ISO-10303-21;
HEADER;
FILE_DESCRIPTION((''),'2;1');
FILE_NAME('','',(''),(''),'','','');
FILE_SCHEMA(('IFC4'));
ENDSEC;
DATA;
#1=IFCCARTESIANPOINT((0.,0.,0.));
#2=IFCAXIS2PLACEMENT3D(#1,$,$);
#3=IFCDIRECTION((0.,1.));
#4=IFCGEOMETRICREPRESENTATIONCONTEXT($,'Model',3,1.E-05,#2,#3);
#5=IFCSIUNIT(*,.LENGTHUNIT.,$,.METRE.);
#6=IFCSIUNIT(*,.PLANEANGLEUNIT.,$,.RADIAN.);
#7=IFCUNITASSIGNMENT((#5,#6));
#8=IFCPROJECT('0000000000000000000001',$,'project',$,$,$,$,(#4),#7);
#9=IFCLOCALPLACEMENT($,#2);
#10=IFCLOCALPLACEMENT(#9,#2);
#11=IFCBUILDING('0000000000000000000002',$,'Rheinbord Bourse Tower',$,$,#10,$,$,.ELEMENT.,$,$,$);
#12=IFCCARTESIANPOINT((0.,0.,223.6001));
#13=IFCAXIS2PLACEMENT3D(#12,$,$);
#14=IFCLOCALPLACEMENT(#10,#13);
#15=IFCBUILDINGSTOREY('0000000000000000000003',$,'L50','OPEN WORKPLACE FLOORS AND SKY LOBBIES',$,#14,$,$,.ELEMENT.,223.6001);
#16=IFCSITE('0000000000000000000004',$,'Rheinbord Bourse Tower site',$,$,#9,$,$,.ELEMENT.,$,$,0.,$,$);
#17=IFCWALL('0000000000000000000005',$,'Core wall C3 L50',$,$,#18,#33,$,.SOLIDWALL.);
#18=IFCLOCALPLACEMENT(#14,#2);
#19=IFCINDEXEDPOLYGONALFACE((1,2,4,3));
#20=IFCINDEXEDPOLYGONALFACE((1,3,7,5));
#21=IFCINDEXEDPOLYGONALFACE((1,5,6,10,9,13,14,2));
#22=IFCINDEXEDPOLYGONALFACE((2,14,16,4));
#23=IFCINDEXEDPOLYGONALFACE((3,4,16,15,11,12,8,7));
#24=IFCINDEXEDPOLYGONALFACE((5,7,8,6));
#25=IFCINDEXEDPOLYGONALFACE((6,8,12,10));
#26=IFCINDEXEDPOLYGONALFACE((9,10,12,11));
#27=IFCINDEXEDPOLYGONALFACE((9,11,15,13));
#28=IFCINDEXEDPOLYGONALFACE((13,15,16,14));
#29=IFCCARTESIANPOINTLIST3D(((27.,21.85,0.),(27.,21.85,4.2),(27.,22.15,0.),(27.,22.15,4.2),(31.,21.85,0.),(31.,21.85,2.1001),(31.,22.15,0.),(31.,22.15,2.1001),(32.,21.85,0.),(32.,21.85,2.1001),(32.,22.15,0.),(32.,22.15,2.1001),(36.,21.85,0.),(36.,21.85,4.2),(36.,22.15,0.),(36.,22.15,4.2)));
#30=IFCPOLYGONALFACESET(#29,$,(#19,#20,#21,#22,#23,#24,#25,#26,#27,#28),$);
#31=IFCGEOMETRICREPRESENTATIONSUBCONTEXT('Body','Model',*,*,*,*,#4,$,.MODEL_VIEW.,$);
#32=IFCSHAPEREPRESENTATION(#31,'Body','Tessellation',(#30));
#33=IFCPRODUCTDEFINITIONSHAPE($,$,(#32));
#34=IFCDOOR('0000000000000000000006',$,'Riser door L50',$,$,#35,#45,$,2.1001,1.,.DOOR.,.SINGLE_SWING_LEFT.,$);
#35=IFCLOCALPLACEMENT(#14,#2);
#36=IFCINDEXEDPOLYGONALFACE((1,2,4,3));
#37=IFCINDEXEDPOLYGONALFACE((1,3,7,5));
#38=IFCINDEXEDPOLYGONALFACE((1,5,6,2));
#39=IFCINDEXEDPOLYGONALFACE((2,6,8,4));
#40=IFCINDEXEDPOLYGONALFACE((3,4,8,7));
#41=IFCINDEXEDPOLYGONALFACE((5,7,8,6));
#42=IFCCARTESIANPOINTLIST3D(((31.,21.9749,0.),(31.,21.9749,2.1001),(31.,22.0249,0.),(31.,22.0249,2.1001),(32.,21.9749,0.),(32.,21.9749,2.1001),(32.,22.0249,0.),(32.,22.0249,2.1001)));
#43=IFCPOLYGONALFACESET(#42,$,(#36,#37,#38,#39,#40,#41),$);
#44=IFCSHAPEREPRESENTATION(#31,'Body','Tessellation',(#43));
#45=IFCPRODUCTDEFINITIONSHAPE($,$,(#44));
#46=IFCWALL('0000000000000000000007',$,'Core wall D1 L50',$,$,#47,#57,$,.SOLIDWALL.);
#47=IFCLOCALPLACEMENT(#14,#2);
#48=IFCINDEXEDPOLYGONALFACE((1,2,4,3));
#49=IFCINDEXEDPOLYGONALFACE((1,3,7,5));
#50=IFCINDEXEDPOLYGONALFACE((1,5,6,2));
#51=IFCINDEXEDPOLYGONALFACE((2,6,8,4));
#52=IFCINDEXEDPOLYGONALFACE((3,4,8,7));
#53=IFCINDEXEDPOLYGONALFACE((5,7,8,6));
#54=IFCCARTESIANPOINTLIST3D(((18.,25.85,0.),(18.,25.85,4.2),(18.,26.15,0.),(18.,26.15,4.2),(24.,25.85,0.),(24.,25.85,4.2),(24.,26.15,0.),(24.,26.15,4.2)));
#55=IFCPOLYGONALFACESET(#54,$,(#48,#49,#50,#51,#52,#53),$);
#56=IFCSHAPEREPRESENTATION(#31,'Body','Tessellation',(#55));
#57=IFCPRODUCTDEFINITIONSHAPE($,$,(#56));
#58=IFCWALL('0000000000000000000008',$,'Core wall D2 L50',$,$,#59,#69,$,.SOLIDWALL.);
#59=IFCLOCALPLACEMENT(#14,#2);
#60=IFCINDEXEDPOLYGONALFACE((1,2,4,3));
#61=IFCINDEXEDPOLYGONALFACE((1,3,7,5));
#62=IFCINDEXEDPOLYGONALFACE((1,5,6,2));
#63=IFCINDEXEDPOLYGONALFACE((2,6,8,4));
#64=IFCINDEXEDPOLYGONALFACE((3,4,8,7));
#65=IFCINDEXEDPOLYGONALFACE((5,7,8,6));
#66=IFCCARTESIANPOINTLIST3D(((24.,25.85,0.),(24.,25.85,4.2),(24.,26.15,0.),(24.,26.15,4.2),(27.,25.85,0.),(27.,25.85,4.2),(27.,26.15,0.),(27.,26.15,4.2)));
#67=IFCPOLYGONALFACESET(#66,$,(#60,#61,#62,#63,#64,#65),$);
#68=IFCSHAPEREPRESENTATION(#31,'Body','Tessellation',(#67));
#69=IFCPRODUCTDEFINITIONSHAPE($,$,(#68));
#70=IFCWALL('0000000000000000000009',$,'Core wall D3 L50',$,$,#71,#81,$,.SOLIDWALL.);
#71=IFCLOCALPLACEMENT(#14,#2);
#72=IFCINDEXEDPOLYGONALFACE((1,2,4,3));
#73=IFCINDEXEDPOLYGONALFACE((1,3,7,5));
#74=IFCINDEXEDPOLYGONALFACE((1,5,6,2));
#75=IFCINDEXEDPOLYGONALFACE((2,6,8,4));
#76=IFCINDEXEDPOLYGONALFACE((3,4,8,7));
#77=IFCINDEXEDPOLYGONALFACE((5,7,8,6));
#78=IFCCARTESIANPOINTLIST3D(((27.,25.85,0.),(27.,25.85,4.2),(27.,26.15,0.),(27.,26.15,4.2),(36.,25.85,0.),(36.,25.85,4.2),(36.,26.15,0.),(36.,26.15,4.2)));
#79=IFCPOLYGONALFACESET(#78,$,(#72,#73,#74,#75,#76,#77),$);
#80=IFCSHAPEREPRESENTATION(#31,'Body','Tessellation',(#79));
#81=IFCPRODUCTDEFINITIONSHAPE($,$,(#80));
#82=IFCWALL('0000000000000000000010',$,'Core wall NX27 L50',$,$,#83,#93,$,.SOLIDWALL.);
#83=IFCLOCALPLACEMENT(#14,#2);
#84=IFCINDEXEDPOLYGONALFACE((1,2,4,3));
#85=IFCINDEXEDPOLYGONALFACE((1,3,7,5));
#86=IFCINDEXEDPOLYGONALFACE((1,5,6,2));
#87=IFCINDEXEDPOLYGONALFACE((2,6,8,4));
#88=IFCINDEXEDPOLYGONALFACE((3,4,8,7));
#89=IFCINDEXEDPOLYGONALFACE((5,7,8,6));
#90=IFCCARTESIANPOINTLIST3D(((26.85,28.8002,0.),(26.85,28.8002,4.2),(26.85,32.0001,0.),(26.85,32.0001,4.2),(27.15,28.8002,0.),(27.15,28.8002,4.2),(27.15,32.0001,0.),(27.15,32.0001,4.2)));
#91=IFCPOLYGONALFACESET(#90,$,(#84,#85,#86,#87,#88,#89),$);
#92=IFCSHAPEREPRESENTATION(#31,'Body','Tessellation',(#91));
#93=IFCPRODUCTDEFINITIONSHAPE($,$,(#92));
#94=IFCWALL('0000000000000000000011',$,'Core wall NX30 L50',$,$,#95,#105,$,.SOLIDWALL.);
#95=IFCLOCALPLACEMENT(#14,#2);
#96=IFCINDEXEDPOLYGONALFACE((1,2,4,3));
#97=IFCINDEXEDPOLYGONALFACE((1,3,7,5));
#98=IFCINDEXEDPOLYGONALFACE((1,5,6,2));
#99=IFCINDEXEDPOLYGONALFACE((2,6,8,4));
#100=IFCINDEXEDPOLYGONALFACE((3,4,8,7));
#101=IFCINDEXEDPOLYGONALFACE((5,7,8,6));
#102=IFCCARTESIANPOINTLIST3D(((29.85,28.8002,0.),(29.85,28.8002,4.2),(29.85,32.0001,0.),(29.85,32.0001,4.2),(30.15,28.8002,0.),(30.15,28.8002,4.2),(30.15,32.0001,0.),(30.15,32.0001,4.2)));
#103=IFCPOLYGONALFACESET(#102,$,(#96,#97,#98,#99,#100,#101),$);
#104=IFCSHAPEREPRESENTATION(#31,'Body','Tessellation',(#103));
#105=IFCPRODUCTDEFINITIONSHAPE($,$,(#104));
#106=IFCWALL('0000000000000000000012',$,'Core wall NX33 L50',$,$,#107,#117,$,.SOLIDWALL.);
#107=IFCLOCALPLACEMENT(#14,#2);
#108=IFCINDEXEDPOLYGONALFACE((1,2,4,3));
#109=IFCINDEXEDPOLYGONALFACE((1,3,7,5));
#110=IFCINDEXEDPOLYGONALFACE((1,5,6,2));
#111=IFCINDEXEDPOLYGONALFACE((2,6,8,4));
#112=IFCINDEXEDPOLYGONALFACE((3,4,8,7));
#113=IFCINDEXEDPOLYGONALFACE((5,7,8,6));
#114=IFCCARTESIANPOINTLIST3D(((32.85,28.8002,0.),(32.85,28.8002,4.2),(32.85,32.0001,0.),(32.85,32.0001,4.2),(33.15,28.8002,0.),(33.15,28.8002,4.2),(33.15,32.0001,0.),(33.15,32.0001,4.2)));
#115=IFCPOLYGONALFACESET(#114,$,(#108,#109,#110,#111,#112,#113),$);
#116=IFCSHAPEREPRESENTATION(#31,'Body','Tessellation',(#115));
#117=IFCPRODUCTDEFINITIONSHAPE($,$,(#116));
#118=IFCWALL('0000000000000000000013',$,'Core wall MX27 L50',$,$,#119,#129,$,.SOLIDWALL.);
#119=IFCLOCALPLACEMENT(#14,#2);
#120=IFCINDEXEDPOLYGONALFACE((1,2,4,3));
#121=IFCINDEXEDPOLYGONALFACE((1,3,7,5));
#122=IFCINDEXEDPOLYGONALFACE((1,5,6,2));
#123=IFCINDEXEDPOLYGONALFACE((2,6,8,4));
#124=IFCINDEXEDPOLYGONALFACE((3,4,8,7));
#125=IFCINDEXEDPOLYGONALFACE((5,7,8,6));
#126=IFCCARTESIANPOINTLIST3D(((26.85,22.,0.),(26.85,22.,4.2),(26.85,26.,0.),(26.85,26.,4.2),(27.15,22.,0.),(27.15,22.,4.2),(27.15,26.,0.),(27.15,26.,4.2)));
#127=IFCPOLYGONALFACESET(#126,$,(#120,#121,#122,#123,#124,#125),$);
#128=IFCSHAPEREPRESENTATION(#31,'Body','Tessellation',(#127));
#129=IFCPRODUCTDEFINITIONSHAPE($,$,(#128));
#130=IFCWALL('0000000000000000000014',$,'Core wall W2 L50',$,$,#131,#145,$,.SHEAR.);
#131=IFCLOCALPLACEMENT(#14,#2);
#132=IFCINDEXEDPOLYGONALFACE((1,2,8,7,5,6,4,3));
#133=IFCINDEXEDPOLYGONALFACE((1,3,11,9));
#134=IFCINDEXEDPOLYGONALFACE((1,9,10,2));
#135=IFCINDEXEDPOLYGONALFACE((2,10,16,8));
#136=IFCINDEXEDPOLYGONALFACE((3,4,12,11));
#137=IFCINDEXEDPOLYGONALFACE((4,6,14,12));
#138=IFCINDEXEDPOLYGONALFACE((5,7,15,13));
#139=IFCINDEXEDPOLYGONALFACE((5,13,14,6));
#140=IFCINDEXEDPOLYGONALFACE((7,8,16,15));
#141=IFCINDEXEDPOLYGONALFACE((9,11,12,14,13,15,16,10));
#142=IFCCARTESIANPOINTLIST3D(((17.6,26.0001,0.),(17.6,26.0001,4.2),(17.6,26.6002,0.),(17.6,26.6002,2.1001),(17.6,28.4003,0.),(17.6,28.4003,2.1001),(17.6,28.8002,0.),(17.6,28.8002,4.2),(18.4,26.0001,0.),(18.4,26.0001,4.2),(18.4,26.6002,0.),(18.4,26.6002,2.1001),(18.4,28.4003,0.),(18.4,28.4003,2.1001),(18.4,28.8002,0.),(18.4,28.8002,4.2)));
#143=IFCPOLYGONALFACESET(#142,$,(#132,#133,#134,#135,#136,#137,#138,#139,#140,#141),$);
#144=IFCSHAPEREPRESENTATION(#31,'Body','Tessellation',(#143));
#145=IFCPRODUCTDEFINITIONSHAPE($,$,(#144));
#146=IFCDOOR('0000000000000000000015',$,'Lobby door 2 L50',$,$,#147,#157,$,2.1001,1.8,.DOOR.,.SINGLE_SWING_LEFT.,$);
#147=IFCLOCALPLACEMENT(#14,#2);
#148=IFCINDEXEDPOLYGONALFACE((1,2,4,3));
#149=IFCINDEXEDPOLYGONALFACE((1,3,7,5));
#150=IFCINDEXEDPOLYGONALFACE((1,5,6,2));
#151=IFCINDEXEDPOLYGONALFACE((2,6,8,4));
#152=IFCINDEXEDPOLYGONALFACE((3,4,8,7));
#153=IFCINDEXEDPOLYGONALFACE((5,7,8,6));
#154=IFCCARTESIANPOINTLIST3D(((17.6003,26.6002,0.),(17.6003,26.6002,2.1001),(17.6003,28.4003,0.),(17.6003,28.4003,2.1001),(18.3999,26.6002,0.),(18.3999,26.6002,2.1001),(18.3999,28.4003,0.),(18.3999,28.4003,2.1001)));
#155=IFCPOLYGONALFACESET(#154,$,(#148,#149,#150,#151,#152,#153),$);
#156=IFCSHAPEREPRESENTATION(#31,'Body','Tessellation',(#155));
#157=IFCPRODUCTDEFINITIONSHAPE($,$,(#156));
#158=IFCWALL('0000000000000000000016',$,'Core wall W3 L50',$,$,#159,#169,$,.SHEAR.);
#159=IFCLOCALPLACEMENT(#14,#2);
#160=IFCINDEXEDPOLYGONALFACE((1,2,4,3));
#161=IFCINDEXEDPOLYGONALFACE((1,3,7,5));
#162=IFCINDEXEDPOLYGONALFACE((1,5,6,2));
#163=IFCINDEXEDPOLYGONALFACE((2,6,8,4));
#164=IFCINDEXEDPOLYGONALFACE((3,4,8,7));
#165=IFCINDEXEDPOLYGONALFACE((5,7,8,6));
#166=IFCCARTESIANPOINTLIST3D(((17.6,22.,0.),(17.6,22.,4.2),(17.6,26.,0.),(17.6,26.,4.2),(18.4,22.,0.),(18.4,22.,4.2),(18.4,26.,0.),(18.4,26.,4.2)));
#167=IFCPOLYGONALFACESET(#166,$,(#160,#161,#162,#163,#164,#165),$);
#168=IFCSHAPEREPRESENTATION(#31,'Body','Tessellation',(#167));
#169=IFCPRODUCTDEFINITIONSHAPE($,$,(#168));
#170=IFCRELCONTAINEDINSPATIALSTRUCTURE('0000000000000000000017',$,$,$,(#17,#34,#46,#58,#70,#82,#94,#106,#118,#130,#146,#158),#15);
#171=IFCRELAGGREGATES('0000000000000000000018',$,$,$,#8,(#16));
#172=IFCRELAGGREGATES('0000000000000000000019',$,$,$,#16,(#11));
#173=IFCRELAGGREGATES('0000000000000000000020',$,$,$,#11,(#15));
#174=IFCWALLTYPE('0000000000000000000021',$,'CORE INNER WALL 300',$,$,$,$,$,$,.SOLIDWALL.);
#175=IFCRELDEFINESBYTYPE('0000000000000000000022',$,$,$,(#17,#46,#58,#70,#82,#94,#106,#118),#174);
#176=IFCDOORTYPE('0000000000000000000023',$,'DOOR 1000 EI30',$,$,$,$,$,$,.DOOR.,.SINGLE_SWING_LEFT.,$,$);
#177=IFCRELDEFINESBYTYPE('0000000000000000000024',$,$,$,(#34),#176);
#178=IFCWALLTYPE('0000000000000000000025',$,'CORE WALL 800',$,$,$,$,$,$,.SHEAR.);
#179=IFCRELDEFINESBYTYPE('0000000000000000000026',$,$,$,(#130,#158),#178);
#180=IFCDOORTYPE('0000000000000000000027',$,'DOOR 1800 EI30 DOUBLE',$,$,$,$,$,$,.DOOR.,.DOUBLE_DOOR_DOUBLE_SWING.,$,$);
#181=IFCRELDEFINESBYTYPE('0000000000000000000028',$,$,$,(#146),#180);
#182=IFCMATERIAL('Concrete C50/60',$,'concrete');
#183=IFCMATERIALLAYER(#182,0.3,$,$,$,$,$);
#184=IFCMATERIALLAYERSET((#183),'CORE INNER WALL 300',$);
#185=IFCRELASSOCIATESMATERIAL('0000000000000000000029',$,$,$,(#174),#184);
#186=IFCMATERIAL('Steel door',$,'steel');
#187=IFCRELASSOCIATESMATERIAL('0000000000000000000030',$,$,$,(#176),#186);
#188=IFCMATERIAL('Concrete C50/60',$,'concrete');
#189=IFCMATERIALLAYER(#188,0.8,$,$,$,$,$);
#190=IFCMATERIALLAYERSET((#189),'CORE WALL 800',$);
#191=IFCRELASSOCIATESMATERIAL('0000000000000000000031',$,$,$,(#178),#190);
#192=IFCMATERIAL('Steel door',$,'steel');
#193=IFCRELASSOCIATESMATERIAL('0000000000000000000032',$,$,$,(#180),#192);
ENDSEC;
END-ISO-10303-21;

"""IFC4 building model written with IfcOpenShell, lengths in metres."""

from ifc_helpers import new_model, si_unit, direction, frame, frame_2d, origin, place, context, subcontext, project, spatial, rectangle, extrude, material, layer, layer_set, type_object, element, fill, save


model = new_model("IFC4")

# Units and contexts
model_context = context("Model", 3, precision=1e-05, world=origin(), true_north=direction((0.0, 1.0)))
body_context = subcontext(model_context, "Body", "Model", "MODEL_VIEW")
ifc_project = project(units=[si_unit("LENGTHUNIT", "METRE"), si_unit("PLANEANGLEUNIT", "RADIAN")], contexts=[model_context])

# Site, building, storey
site_placement = place(None, origin())
site = spatial("IfcSite", under=ifc_project, at=site_placement, Name="Rheinbord Bourse Tower site", CompositionType="ELEMENT", RefElevation=0.0)
building_placement = place(site_placement, origin())
building = spatial("IfcBuilding", under=site, at=building_placement, Name="Rheinbord Bourse Tower", CompositionType="ELEMENT")
storey_placement = place(building_placement, frame((0.0, 0.0, 223.6001)))
storey = spatial("IfcBuildingStorey", under=building, at=storey_placement, Name="L50", Description="OPEN WORKPLACE FLOORS AND SKY LOBBIES", CompositionType="ELEMENT", Elevation=223.6001)

# Wall, opening, door
ifc_material_1 = material(Name="Concrete C50/60", Category="concrete")
ifc_layer_1 = layer(ifc_material_1, 0.3)
ifc_layer_set_1 = layer_set([ifc_layer_1], Name="CORE INNER WALL 300")
wall_type_1 = type_object("IfcWallType", Name="CORE INNER WALL 300", PredefinedType="SOLIDWALL", material=ifc_layer_set_1)
ifc_material_2 = material(Name="Steel door", Category="steel")
door_type_1 = type_object("IfcDoorType", Name="DOOR 1000 EI30", OperationType="SINGLE_SWING_LEFT", PredefinedType="DOOR", material=ifc_material_2)
wall_1_placement = place(storey_placement, frame((27.0, 22.0, 0.0), z_axis=(0.0, 0.0, 1.0), x_axis=(1.0, 0.0, 0.0)))
wall_1 = element("IfcWall", 1, at=wall_1_placement, inside=storey, type_object=wall_type_1, Name="Core wall C3 L50", PredefinedType="SOLIDWALL", context=body_context, shape_type="SweptSolid", body=[
    extrude(rectangle(XDim=9.0, YDim=0.3, at=frame_2d((4.5, 0.0))), origin(), (0.0, 0.0, 1.0), 4.2),
])
opening_1_placement = place(wall_1_placement, frame((4.0, 0.0, 0.0)))
opening_1 = element("IfcOpeningElement", 2, at=opening_1_placement, cuts=wall_1, PredefinedType="OPENING", context=body_context, shape_type="SweptSolid", body=[
    extrude(rectangle(XDim=1.0, YDim=2.1001, at=frame_2d((0.5, 1.05))), frame((0.0, 0.1599, 0.0), z_axis=(0.0, -1.0, 0.0), x_axis=(1.0, 0.0, 0.0)), (0.0, 0.0, 1.0), 0.3201),
])
door_1_placement = place(opening_1_placement, origin())
door_1 = element("IfcDoor", 3, at=door_1_placement, inside=storey, type_object=door_type_1, Name="Riser door L50", OperationType="SINGLE_SWING_LEFT", OverallHeight=2.1001, OverallWidth=1.0, PredefinedType="DOOR", context=body_context, shape_type="SweptSolid", body=[
    extrude(rectangle(XDim=1.0, YDim=2.1001, at=frame_2d((0.5, 1.05))), frame((0.0, 0.0249, 0.0), z_axis=(0.0, -1.0, 0.0), x_axis=(1.0, 0.0, 0.0)), (0.0, 0.0, 1.0), 0.05),
])
fill(opening_1, door_1)

# Walls
wall_2_placement = place(storey_placement, frame((18.0, 26.0, 0.0), z_axis=(0.0, 0.0, 1.0), x_axis=(1.0, 0.0, 0.0)))
element("IfcWall", 4, at=wall_2_placement, inside=storey, type_object=wall_type_1, Name="Core wall D1 L50", PredefinedType="SOLIDWALL", context=body_context, shape_type="SweptSolid", body=[
    extrude(rectangle(XDim=6.0, YDim=0.3, at=frame_2d((3.0, 0.0))), origin(), (0.0, 0.0, 1.0), 4.2),
])
wall_3_placement = place(storey_placement, frame((24.0, 26.0, 0.0), z_axis=(0.0, 0.0, 1.0), x_axis=(1.0, 0.0, 0.0)))
element("IfcWall", 5, at=wall_3_placement, inside=storey, type_object=wall_type_1, Name="Core wall D2 L50", PredefinedType="SOLIDWALL", context=body_context, shape_type="SweptSolid", body=[
    extrude(rectangle(XDim=3.0, YDim=0.3, at=frame_2d((1.5, 0.0))), origin(), (0.0, 0.0, 1.0), 4.2),
])
wall_4_placement = place(storey_placement, frame((27.0, 26.0, 0.0), z_axis=(0.0, 0.0, 1.0), x_axis=(1.0, 0.0, 0.0)))
element("IfcWall", 6, at=wall_4_placement, inside=storey, type_object=wall_type_1, Name="Core wall D3 L50", PredefinedType="SOLIDWALL", context=body_context, shape_type="SweptSolid", body=[
    extrude(rectangle(XDim=9.0, YDim=0.3, at=frame_2d((4.5, 0.0))), origin(), (0.0, 0.0, 1.0), 4.2),
])
for number, where, z_axis, x_axis, name in (
    (7, (27.0, 28.8, 0.0), (0.0, 0.0, 1.0), (0.0, 1.0, 0.0), "Core wall NX27 L50"),
    (8, (30.0, 28.8, 0.0), (0.0, 0.0, 1.0), (0.0, 1.0, 0.0), "Core wall NX30 L50"),
    (9, (33.0, 28.8, 0.0), (0.0, 0.0, 1.0), (0.0, 1.0, 0.0), "Core wall NX33 L50"),
):
    element("IfcWall", number, at=place(storey_placement, frame(where, z_axis=z_axis, x_axis=x_axis)), inside=storey, type_object=wall_type_1, Name=name, PredefinedType="SOLIDWALL", context=body_context, shape_type="SweptSolid", body=[
        extrude(rectangle(XDim=3.2, YDim=0.3, at=frame_2d((1.6001, 0.0))), origin(), (0.0, 0.0, 1.0), 4.2),
    ])
wall_5_placement = place(storey_placement, frame((27.0, 22.0, 0.0), z_axis=(0.0, 0.0, 1.0), x_axis=(0.0, 1.0, 0.0)))
element("IfcWall", 10, at=wall_5_placement, inside=storey, type_object=wall_type_1, Name="Core wall MX27 L50", PredefinedType="SOLIDWALL", context=body_context, shape_type="SweptSolid", body=[
    extrude(rectangle(XDim=4.0, YDim=0.3, at=frame_2d((2.0, 0.0))), origin(), (0.0, 0.0, 1.0), 4.2),
])

# Wall, opening, door
ifc_material_3 = material(Name="Concrete C50/60", Category="concrete")
ifc_layer_2 = layer(ifc_material_3, 0.8)
ifc_layer_set_2 = layer_set([ifc_layer_2], Name="CORE WALL 800")
wall_type_2 = type_object("IfcWallType", Name="CORE WALL 800", PredefinedType="SHEAR", material=ifc_layer_set_2)
wall_6_placement = place(storey_placement, frame((18.0, 28.8, 0.0), z_axis=(0.0, 0.0, 1.0), x_axis=(0.0, -1.0, 0.0)))
wall_6 = element("IfcWall", 11, at=wall_6_placement, inside=storey, type_object=wall_type_2, Name="Core wall W2 L50", PredefinedType="SHEAR", context=body_context, shape_type="SweptSolid", body=[
    extrude(rectangle(XDim=2.8, YDim=0.8, at=frame_2d((1.3999, 0.0))), origin(), (0.0, 0.0, 1.0), 4.2),
])
opening_2_placement = place(wall_6_placement, frame((0.3999, 0.0, 0.0)))
opening_2 = element("IfcOpeningElement", 12, at=opening_2_placement, cuts=wall_6, PredefinedType="OPENING", context=body_context, shape_type="SweptSolid", body=[
    extrude(rectangle(XDim=1.8, YDim=2.1001, at=frame_2d((0.8999, 1.05))), frame((0.0, 0.4099, 0.0), z_axis=(0.0, -1.0, 0.0), x_axis=(1.0, 0.0, 0.0)), (0.0, 0.0, 1.0), 0.8201),
])
ifc_material_4 = material(Name="Steel door", Category="steel")
door_type_2 = type_object("IfcDoorType", Name="DOOR 1800 EI30 DOUBLE", OperationType="DOUBLE_DOOR_DOUBLE_SWING", PredefinedType="DOOR", material=ifc_material_4)
door_2_placement = place(opening_2_placement, origin())
door_2 = element("IfcDoor", 13, at=door_2_placement, inside=storey, type_object=door_type_2, Name="Lobby door 2 L50", OperationType="SINGLE_SWING_LEFT", OverallHeight=2.1001, OverallWidth=1.8, PredefinedType="DOOR", context=body_context, shape_type="SweptSolid", body=[
    extrude(rectangle(XDim=1.8, YDim=2.1001, at=frame_2d((0.8999, 1.05))), frame((0.0, 0.3999, 0.0), z_axis=(0.0, -1.0, 0.0), x_axis=(1.0, 0.0, 0.0)), (0.0, 0.0, 1.0), 0.7996),
])
fill(opening_2, door_2)

# Wall
wall_7_placement = place(storey_placement, frame((18.0, 26.0, 0.0), z_axis=(0.0, 0.0, 1.0), x_axis=(0.0, -1.0, 0.0)))
element("IfcWall", 14, at=wall_7_placement, inside=storey, type_object=wall_type_2, Name="Core wall W3 L50", PredefinedType="SHEAR", context=body_context, shape_type="SweptSolid", body=[
    extrude(rectangle(XDim=4.0, YDim=0.8, at=frame_2d((2.0, 0.0))), origin(), (0.0, 0.0, 1.0), 4.2),
])

save(model, "model.ifc")
